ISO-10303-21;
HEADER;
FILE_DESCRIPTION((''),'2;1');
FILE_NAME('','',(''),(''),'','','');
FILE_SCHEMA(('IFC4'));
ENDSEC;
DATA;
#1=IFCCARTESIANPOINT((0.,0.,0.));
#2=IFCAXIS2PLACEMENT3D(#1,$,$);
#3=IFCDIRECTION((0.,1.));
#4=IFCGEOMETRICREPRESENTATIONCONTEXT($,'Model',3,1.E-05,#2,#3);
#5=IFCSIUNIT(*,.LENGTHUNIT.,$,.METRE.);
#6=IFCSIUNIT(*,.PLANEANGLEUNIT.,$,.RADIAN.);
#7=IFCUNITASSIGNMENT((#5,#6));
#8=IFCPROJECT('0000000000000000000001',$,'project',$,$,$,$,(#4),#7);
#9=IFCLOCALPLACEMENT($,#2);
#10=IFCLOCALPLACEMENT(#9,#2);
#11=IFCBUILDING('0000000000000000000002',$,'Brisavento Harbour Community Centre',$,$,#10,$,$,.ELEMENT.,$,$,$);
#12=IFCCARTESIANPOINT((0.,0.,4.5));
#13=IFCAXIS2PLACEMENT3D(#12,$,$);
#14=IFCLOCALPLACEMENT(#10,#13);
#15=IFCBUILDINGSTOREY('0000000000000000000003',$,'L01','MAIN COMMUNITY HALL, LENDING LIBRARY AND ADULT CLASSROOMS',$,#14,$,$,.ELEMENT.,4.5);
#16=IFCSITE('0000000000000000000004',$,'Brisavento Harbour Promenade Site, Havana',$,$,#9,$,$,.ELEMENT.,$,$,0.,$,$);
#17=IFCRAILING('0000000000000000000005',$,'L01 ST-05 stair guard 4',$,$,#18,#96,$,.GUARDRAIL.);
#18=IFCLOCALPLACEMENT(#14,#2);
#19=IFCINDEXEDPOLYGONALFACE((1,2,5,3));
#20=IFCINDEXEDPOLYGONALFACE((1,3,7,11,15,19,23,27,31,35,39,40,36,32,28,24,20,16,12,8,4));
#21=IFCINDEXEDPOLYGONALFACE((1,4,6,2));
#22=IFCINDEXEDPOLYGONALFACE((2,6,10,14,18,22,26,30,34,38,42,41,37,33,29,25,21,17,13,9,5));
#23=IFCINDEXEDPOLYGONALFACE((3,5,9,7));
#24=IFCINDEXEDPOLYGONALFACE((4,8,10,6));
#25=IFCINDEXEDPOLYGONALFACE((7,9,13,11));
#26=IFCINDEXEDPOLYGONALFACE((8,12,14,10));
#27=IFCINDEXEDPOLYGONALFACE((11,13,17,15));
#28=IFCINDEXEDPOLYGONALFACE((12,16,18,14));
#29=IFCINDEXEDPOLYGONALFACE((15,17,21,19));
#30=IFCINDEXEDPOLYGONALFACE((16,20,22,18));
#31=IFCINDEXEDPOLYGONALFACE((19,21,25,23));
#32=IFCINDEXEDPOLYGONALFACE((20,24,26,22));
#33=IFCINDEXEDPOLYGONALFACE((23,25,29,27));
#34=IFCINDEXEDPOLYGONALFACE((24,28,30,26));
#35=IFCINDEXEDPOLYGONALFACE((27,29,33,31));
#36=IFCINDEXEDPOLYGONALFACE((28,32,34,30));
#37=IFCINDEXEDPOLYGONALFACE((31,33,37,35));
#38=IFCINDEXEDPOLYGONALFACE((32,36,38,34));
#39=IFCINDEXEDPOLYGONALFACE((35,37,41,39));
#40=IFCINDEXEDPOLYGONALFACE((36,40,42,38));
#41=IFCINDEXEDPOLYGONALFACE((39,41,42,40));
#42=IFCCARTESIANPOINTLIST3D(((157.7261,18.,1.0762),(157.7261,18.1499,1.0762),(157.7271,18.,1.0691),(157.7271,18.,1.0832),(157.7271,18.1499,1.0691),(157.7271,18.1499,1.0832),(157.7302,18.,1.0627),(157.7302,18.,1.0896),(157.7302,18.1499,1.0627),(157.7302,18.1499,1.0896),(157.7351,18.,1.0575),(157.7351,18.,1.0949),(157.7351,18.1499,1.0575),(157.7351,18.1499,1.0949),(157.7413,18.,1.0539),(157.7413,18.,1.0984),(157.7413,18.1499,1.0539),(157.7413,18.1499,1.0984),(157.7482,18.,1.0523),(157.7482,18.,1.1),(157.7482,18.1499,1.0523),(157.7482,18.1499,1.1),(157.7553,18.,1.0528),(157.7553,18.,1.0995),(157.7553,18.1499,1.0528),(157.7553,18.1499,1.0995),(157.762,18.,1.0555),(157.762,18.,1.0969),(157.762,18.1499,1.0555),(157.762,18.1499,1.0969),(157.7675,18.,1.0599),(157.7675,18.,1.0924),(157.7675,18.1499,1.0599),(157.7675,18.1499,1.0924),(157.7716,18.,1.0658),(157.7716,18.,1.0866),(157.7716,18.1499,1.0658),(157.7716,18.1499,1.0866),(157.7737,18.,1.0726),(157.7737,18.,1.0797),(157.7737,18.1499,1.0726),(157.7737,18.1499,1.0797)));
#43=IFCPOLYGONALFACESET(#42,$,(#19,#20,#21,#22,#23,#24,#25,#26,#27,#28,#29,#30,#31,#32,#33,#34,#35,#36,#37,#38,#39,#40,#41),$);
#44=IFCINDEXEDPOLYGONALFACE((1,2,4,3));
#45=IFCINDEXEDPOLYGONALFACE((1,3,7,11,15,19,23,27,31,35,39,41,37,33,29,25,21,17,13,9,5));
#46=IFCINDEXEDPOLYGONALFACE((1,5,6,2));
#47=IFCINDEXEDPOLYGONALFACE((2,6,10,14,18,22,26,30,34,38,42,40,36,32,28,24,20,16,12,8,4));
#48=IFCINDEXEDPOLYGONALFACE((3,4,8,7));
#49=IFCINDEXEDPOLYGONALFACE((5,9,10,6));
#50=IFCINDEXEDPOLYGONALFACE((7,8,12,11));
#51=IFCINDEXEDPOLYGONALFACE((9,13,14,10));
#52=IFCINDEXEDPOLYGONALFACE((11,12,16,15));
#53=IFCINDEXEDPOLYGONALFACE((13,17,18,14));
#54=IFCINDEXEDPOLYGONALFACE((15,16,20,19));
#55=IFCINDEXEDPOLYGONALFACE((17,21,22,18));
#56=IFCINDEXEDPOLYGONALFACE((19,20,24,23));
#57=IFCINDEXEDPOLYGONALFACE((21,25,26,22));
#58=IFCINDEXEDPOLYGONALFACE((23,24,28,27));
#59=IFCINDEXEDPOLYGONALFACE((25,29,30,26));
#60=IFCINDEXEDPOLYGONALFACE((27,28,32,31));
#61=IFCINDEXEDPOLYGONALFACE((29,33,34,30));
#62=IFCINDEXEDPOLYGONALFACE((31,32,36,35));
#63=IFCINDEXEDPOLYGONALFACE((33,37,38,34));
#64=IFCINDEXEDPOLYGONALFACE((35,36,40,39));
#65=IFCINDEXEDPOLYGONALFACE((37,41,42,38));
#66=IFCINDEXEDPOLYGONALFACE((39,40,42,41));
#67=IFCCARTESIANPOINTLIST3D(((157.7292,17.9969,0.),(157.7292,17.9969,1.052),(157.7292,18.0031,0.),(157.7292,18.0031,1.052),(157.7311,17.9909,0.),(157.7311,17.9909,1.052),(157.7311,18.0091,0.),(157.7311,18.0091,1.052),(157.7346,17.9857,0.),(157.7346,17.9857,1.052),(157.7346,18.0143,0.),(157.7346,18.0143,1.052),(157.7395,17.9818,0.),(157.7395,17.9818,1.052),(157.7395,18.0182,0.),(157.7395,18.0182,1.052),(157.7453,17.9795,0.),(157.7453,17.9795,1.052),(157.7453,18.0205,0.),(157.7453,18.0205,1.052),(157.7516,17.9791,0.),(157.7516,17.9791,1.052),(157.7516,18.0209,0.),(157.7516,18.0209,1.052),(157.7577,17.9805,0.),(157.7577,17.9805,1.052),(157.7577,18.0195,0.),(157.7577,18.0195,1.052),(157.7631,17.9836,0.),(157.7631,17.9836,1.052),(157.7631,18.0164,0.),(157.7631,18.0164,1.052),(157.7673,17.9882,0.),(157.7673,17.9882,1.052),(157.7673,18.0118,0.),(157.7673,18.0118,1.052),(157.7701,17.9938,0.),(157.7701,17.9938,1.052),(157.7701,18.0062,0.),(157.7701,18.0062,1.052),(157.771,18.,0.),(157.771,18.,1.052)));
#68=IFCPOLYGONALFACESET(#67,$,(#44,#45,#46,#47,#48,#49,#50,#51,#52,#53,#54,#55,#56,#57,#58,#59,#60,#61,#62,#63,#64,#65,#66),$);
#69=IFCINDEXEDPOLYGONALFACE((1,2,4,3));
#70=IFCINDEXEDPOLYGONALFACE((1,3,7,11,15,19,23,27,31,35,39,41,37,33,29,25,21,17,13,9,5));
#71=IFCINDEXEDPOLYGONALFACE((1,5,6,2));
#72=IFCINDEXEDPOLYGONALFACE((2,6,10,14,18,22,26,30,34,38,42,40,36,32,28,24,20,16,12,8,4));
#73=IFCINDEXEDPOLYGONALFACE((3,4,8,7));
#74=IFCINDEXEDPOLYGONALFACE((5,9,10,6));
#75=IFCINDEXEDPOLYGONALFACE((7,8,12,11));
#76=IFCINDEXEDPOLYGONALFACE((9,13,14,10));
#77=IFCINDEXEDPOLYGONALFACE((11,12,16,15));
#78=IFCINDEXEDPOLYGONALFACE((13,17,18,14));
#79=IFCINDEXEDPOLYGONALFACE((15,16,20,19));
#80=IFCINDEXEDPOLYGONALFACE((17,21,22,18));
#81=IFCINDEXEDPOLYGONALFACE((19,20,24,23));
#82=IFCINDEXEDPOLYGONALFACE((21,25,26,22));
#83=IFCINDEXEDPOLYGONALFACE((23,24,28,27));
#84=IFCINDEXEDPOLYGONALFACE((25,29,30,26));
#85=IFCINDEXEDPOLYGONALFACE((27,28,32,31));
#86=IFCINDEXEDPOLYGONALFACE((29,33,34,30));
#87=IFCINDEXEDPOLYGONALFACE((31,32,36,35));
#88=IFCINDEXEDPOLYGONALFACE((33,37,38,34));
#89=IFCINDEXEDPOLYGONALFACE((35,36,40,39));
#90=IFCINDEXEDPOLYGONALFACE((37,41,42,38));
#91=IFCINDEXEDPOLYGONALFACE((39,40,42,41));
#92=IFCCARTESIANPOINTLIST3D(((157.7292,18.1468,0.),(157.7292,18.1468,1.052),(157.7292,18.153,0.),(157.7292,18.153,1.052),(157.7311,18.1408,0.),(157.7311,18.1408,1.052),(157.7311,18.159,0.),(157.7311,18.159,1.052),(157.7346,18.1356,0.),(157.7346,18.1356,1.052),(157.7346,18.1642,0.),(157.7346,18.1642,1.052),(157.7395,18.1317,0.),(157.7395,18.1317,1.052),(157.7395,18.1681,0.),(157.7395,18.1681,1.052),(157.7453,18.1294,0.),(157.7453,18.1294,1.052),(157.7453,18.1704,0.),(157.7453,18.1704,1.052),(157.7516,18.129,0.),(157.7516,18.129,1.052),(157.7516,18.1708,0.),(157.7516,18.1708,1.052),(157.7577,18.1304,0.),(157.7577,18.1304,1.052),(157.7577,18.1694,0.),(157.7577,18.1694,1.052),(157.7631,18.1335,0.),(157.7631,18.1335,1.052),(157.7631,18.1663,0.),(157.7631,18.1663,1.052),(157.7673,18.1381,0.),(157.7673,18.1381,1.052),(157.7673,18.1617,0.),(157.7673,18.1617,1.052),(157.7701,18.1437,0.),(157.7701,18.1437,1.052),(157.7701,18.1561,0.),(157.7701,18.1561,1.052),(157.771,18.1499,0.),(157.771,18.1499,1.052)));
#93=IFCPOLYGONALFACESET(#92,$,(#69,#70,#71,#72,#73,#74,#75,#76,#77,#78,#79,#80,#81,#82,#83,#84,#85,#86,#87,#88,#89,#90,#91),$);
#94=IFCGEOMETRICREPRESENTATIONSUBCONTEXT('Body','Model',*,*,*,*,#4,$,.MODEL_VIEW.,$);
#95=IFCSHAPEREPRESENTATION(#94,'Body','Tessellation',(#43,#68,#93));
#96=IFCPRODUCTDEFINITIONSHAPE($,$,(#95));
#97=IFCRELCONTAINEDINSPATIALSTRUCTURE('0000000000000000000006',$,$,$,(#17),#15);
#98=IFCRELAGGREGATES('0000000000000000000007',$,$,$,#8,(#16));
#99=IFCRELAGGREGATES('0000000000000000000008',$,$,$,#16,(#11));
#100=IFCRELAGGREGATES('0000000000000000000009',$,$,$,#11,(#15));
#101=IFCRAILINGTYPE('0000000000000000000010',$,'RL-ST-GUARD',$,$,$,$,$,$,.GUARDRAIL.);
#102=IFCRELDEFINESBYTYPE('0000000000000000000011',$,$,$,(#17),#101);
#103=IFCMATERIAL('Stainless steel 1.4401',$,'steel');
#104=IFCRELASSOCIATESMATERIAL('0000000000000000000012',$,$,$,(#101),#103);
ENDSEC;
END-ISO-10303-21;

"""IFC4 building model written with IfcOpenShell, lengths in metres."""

from ifc_helpers import new_model, si_unit, direction, frame, origin, origin_2d, place, context, subcontext, project, spatial, circle, extrude, material, type_object, element, save


model = new_model("IFC4")

# Units and contexts
model_context = context("Model", 3, precision=1e-05, world=origin(), true_north=direction((0.0, 1.0)))
body_context = subcontext(model_context, "Body", "Model", "MODEL_VIEW")
ifc_project = project(units=[si_unit("LENGTHUNIT", "METRE"), si_unit("PLANEANGLEUNIT", "RADIAN")], contexts=[model_context])

# Site, building, storey
site_placement = place(None, origin())
site = spatial("IfcSite", under=ifc_project, at=site_placement, Name="Brisavento Harbour Promenade Site, Havana", CompositionType="ELEMENT", RefElevation=0.0)
building_placement = place(site_placement, origin())
building = spatial("IfcBuilding", under=site, at=building_placement, Name="Brisavento Harbour Community Centre", CompositionType="ELEMENT")
storey_placement = place(building_placement, frame((0.0, 0.0, 4.5)))
storey = spatial("IfcBuildingStorey", under=building, at=storey_placement, Name="L01", Description="MAIN COMMUNITY HALL, LENDING LIBRARY AND ADULT CLASSROOMS", CompositionType="ELEMENT", Elevation=4.5)

# Railing
ifc_material_1 = material(Name="Stainless steel 1.4401", Category="steel")
railing_type_1 = type_object("IfcRailingType", Name="RL-ST-GUARD", PredefinedType="GUARDRAIL", material=ifc_material_1)
railing_1_placement = place(storey_placement, frame((157.75, 18.0, 0.0)))
element("IfcRailing", 1, at=railing_1_placement, inside=storey, type_object=railing_type_1, Name="L01 ST-05 stair guard 4", PredefinedType="GUARDRAIL", context=body_context, shape_type="SweptSolid", body=[
    extrude(circle(Radius=0.0239, at=origin_2d()), frame((0.0, 0.0, 1.0762), z_axis=(0.0, 1.0, 0.0), x_axis=(-1.0, 0.0, 0.0)), (0.0, 0.0, 1.0), 0.1499),
    extrude(circle(Radius=0.021, at=origin_2d()), origin(), (0.0, 0.0, 1.0), 1.052),
    extrude(circle(Radius=0.021, at=origin_2d()), frame((0.0, 0.1499, 0.0)), (0.0, 0.0, 1.0), 1.052),
])

save(model, "model.ifc")
